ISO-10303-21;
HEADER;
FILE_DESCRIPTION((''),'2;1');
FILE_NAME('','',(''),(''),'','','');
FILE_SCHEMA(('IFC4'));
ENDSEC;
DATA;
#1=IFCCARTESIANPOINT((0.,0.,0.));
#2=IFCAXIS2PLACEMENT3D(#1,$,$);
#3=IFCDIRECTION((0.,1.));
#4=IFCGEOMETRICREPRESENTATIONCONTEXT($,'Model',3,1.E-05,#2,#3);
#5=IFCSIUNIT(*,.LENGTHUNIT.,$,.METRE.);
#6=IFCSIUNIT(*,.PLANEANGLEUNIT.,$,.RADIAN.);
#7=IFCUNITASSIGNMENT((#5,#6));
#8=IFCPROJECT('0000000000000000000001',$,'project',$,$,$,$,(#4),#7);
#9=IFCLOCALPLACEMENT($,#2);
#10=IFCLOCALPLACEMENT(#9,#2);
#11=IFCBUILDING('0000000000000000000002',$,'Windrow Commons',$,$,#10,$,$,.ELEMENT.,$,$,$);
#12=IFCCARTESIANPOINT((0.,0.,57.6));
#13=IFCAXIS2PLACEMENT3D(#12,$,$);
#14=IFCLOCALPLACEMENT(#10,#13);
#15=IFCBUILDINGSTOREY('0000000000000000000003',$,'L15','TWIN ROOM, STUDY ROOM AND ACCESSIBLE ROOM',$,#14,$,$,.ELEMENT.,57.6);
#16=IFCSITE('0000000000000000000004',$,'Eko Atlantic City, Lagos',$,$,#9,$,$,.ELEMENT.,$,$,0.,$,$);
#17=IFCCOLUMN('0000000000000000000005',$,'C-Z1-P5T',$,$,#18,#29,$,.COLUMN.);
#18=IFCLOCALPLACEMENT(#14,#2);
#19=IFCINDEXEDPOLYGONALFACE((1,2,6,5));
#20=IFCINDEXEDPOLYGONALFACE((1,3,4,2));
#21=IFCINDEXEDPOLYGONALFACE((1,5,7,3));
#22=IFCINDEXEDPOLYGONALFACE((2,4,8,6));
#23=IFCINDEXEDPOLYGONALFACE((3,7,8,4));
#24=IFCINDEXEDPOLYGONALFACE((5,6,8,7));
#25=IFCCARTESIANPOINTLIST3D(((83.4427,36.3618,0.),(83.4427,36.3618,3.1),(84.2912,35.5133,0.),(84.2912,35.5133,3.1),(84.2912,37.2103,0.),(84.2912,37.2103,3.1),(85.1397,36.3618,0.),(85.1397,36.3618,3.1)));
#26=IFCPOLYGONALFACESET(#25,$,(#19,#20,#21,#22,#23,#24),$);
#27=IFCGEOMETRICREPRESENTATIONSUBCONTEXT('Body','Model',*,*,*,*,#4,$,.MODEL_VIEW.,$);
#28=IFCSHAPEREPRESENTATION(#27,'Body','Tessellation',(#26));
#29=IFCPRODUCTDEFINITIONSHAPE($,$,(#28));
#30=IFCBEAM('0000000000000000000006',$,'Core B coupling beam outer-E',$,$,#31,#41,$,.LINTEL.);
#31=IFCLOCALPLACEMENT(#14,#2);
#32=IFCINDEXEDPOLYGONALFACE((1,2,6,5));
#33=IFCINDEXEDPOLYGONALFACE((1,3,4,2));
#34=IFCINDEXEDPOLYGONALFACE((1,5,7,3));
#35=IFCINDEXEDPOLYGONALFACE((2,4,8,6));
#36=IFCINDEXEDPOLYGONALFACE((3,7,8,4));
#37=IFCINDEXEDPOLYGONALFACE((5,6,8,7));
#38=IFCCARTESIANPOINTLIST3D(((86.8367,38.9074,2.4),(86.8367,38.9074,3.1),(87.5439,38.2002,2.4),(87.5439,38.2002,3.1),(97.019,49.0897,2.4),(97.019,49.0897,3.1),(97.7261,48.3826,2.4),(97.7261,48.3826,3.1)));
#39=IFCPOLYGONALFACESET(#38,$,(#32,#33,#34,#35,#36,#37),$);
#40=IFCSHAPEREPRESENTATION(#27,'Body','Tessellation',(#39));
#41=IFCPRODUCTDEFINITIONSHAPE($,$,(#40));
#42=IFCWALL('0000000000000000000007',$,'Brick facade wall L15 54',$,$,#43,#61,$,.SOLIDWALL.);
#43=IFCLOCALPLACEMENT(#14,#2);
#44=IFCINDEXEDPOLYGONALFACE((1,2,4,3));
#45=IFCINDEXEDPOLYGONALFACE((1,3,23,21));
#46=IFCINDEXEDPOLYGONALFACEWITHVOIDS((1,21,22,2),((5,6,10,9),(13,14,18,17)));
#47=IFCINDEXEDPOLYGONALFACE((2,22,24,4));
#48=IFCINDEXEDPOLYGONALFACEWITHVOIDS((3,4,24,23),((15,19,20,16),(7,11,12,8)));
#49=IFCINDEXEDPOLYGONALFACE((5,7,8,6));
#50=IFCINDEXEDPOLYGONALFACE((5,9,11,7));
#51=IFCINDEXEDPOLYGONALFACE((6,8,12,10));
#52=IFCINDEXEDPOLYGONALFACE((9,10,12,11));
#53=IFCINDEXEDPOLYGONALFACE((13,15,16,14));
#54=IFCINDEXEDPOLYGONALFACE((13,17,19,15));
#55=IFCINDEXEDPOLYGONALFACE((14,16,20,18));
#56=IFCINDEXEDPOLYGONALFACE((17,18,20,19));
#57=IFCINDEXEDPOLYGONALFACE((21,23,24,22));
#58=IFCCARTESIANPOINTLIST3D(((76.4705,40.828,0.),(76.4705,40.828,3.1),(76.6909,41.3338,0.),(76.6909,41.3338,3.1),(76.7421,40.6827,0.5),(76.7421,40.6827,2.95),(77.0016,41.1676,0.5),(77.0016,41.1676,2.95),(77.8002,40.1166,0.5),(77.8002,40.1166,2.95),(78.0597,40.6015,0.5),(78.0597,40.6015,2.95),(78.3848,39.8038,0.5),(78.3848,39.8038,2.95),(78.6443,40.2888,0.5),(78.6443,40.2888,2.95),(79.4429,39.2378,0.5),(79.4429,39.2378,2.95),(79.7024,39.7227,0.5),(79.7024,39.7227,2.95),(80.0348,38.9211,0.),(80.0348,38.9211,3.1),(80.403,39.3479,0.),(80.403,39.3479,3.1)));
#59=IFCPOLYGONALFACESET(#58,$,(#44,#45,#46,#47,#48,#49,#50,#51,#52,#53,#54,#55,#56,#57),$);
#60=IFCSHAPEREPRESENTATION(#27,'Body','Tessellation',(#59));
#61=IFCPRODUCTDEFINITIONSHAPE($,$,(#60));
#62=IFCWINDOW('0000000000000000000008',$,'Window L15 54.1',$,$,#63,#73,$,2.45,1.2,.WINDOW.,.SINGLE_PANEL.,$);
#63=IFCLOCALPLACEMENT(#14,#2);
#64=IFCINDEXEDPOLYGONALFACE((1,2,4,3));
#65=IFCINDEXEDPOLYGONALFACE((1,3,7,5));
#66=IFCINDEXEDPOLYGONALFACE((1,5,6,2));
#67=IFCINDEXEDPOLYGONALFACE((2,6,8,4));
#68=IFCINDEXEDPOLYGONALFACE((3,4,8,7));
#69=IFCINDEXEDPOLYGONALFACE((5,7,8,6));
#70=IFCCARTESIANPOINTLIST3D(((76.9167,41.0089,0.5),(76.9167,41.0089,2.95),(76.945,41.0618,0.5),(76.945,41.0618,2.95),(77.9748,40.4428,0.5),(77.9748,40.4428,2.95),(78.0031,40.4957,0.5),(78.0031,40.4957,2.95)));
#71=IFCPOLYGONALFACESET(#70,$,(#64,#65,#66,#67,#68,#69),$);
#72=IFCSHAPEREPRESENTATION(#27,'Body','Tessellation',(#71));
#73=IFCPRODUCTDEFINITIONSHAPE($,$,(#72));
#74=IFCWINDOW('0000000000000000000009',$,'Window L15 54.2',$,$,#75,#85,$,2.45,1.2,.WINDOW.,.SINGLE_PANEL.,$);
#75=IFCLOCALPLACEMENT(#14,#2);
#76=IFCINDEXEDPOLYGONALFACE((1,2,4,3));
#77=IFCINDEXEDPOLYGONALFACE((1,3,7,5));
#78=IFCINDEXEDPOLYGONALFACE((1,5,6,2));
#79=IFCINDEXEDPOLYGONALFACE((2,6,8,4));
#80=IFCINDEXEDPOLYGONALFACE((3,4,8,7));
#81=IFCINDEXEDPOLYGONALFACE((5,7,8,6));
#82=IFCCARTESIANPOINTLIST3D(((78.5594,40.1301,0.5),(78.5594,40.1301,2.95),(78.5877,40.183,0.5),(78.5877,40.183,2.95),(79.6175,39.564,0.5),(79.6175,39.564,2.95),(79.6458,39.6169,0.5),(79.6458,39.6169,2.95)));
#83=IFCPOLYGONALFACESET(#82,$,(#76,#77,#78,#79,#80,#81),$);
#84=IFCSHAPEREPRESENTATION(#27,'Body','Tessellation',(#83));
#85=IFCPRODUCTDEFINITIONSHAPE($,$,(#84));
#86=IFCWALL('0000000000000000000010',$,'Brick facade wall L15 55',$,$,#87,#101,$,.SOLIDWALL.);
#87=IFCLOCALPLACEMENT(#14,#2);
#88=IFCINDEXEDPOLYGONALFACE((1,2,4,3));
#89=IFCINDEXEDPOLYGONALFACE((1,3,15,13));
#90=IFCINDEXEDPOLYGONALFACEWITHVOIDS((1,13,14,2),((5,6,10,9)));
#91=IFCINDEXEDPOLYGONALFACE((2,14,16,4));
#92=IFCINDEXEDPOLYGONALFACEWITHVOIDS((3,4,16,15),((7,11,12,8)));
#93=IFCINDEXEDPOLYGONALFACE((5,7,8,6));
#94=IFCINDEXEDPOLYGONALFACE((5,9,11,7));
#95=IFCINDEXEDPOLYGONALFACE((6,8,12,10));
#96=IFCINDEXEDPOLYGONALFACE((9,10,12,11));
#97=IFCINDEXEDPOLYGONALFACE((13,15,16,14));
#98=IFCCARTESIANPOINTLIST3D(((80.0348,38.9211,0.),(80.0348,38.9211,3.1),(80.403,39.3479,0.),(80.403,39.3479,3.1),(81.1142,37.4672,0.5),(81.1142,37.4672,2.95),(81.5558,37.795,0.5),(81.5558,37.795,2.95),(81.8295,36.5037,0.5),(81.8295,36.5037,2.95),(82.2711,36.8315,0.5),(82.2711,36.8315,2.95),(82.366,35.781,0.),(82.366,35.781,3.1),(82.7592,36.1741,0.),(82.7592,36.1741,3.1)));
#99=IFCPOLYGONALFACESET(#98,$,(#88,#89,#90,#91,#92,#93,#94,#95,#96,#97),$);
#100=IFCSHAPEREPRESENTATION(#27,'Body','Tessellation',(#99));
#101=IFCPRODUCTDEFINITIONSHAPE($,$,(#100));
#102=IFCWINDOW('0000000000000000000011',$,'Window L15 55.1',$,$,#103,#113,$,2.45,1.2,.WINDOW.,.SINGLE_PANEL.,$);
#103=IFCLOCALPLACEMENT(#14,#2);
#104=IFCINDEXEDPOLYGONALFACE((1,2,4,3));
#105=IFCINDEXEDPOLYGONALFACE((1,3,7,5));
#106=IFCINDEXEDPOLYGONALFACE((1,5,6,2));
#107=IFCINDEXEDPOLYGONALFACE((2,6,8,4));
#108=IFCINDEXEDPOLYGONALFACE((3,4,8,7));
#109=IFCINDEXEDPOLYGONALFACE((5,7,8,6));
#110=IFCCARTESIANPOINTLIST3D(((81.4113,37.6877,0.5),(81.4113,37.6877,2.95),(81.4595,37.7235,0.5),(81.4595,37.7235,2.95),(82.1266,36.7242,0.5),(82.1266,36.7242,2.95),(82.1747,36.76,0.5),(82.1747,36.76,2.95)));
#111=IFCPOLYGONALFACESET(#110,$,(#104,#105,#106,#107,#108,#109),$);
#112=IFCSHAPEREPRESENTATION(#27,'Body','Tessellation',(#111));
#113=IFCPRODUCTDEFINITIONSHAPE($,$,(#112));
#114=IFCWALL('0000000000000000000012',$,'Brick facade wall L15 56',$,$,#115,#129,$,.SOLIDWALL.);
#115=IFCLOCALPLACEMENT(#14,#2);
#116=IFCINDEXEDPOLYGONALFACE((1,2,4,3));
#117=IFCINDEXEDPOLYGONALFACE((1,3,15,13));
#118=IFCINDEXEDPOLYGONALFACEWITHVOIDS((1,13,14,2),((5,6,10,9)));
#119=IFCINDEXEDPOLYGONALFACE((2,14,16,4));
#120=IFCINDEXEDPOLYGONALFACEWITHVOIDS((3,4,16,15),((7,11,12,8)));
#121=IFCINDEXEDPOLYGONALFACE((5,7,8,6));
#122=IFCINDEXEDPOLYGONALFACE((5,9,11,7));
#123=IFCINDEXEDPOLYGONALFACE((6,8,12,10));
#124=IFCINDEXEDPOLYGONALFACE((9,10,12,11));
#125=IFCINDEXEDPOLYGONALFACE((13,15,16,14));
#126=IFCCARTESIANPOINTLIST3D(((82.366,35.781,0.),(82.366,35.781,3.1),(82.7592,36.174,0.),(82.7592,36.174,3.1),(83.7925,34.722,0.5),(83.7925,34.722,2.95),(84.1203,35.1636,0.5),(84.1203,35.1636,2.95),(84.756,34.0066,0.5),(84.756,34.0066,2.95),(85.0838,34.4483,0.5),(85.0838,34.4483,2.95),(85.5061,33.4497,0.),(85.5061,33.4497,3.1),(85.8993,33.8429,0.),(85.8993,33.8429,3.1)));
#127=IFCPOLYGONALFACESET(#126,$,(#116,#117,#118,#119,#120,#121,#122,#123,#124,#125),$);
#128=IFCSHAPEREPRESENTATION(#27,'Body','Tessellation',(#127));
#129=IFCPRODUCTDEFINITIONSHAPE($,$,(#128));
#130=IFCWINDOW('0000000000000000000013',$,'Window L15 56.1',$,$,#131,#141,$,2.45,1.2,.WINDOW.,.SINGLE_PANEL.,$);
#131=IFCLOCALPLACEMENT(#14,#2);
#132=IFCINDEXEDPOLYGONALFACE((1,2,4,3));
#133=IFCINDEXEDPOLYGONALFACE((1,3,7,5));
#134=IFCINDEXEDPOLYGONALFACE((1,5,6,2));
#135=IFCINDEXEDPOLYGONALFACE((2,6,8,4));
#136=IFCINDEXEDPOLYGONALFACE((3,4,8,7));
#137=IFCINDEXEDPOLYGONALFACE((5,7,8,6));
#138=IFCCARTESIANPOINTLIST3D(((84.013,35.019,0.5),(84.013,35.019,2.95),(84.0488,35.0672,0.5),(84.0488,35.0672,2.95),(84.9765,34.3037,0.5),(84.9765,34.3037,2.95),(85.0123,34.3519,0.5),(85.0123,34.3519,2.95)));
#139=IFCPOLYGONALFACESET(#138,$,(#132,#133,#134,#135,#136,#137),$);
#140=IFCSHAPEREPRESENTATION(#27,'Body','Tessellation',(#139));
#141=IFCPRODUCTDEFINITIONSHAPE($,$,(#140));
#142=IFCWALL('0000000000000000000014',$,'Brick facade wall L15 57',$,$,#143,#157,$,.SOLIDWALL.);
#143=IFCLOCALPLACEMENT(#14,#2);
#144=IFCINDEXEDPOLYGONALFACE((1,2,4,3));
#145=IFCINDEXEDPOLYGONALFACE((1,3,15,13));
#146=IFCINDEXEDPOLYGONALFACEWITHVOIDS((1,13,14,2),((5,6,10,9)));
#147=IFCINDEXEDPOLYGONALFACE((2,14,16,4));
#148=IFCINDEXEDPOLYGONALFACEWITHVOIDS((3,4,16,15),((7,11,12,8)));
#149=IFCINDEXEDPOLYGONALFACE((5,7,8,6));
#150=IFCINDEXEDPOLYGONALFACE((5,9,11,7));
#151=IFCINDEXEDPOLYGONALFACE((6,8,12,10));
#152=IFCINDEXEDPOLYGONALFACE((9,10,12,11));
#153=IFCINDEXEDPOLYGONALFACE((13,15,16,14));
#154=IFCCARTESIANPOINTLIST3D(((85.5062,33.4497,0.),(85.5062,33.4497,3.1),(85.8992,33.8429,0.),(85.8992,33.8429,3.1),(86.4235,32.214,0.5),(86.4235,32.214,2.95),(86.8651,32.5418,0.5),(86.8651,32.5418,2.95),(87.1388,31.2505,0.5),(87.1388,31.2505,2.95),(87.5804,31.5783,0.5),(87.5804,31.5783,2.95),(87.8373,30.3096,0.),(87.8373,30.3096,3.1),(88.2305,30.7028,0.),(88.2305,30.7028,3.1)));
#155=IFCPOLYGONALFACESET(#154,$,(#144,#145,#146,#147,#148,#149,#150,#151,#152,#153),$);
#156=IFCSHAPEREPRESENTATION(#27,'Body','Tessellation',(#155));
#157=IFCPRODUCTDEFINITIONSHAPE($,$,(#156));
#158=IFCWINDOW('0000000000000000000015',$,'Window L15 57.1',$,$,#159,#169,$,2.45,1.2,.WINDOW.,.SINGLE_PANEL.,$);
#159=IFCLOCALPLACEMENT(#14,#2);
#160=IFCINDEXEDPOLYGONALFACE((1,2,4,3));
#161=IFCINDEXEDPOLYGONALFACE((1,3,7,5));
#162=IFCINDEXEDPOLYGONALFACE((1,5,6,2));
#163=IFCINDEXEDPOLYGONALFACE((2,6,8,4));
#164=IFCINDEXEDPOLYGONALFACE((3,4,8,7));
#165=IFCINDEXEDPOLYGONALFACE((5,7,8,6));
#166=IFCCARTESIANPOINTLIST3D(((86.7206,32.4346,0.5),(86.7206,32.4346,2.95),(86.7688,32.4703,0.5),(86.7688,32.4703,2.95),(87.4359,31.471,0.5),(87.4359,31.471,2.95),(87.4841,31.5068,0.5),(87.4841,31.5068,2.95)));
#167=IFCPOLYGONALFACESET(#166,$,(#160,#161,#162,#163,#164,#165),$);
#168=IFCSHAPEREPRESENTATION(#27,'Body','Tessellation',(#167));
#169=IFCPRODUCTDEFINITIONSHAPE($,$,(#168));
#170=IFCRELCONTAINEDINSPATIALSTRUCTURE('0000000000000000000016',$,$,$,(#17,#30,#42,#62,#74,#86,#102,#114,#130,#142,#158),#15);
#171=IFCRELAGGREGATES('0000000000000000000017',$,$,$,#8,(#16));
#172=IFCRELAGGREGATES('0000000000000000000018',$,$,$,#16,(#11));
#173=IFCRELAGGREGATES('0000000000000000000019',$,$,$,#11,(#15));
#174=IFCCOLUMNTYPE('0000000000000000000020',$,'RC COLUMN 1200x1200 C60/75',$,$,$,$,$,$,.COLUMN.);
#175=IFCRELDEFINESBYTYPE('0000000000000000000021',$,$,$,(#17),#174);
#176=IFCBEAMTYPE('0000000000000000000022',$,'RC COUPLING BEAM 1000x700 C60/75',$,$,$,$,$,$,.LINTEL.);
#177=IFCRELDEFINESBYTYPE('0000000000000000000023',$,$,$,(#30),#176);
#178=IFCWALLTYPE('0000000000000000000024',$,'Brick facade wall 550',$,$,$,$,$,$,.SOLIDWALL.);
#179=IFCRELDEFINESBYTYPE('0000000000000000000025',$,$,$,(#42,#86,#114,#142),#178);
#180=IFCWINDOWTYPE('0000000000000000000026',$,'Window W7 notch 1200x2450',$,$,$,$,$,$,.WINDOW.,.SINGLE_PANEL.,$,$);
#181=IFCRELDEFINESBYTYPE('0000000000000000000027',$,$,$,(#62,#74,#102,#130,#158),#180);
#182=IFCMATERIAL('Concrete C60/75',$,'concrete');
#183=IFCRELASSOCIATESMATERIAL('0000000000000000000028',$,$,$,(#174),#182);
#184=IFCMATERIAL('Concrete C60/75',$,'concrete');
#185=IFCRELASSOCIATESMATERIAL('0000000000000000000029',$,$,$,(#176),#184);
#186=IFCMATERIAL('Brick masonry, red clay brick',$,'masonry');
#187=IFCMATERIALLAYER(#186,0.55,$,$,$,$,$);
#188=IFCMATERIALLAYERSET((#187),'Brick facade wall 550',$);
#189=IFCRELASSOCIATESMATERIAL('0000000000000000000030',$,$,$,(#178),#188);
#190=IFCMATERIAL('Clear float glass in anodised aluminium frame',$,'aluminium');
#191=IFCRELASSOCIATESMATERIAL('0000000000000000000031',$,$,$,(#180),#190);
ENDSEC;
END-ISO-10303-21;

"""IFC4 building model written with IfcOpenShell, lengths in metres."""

from ifc_helpers import new_model, si_unit, direction, frame, frame_2d, origin, origin_2d, place, context, subcontext, project, spatial, polyline, rectangle, outline, extrude, material, layer, layer_set, material_profile, profile_set, type_object, element, fill, save


model = new_model("IFC4")

# Units and contexts
model_context = context("Model", 3, precision=1e-05, world=origin(), true_north=direction((0.0, 1.0)))
body_context = subcontext(model_context, "Body", "Model", "MODEL_VIEW")
ifc_project = project(units=[si_unit("LENGTHUNIT", "METRE"), si_unit("PLANEANGLEUNIT", "RADIAN")], contexts=[model_context])

# Site, building, storey
site_placement = place(None, origin())
site = spatial("IfcSite", under=ifc_project, at=site_placement, Name="Eko Atlantic City, Lagos", CompositionType="ELEMENT", RefElevation=0.0)
building_placement = place(site_placement, origin())
building = spatial("IfcBuilding", under=site, at=building_placement, Name="Windrow Commons", CompositionType="ELEMENT")
storey_placement = place(building_placement, frame((0.0, 0.0, 57.6)))
storey = spatial("IfcBuildingStorey", under=building, at=storey_placement, Name="L15", Description="TWIN ROOM, STUDY ROOM AND ACCESSIBLE ROOM", CompositionType="ELEMENT", Elevation=57.6)

# Column
ifc_material_1 = material(Name="Concrete C60/75", Category="concrete")
ifc_material_profile_1 = material_profile(ifc_material_1, rectangle(XDim=1.2, YDim=1.2, at=origin_2d()))
ifc_profile_set_1 = profile_set([ifc_material_profile_1], Name="Concrete C60/75")
column_type = type_object("IfcColumnType", Name="RC COLUMN 1200x1200 C60/75", PredefinedType="COLUMN", material=ifc_profile_set_1)
column_placement = place(storey_placement, frame((84.2912, 36.3618, 0.0), z_axis=(0.0, 0.0, 1.0), x_axis=(0.707107, -0.707107, 0.0)))
element("IfcColumn", 1, at=column_placement, inside=storey, type_object=column_type, Name="C-Z1-P5T", PredefinedType="COLUMN", context=body_context, shape_type="SweptSolid", body=[
    extrude(rectangle(XDim=1.2, YDim=1.2, at=origin_2d()), origin(), (0.0, 0.0, 1.0), 3.1),
])

# Beam
ifc_material_2 = material(Name="Concrete C60/75", Category="concrete")
ifc_material_profile_2 = material_profile(ifc_material_2, rectangle(XDim=1.0, YDim=0.7, at=origin_2d()))
ifc_profile_set_2 = profile_set([ifc_material_profile_2], Name="Concrete C60/75")
beam_type = type_object("IfcBeamType", Name="RC COUPLING BEAM 1000x700 C60/75", PredefinedType="LINTEL", material=ifc_profile_set_2)
beam_placement = place(storey_placement, frame((87.1903, 38.5538, 2.75), z_axis=(0.707103, 0.70711, 0.0), x_axis=(-0.70711, 0.707103, 0.0)))
element("IfcBeam", 2, at=beam_placement, inside=storey, type_object=beam_type, Name="Core B coupling beam outer-E", PredefinedType="LINTEL", context=body_context, shape_type="SweptSolid", body=[
    extrude(rectangle(XDim=1.0, YDim=0.7, at=origin_2d()), origin(), (0.0, 0.0, 1.0), 14.4),
])

# Wall, openings, windows
ifc_material_3 = material(Name="Brick masonry, red clay brick", Category="masonry")
ifc_layer_1 = layer(ifc_material_3, 0.55)
ifc_layer_set_1 = layer_set([ifc_layer_1], Name="Brick facade wall 550")
wall_type_1 = type_object("IfcWallType", Name="Brick facade wall 550", PredefinedType="SOLIDWALL", material=ifc_layer_set_1)
wall_1_placement = place(storey_placement, frame((76.5807, 41.0809, 0.0), z_axis=(0.0, 0.0, 1.0), x_axis=(0.881746, -0.471725, 0.0)))
wall_1 = element("IfcWall", 3, at=wall_1_placement, inside=storey, type_object=wall_type_1, Name="Brick facade wall L15 54", PredefinedType="SOLIDWALL", context=body_context, shape_type="SweptSolid", body=[
    extrude(outline(polyline([(0.0221, -0.275), (4.0645, -0.275), (4.1878, 0.275), (-0.0221, 0.275), (0.0221, -0.275)])), origin(), (0.0, 0.0, 1.0), 3.1),
])
opening_1_placement = place(wall_1_placement, frame((0.3302, 0.0, 0.5)))
opening_1 = element("IfcOpeningElement", 4, at=opening_1_placement, cuts=wall_1, PredefinedType="OPENING", context=body_context, shape_type="SweptSolid", body=[
    extrude(rectangle(XDim=1.2, YDim=2.45, at=frame_2d((0.6, 1.225))), frame((0.0, 0.285, 0.0), z_axis=(0.0, -1.0, 0.0), x_axis=(1.0, 0.0, 0.0)), (0.0, 0.0, 1.0), 0.57),
])
opening_2_placement = place(wall_1_placement, frame((2.1932, 0.0, 0.5)))
opening_2 = element("IfcOpeningElement", 5, at=opening_2_placement, cuts=wall_1, PredefinedType="OPENING", context=body_context, shape_type="SweptSolid", body=[
    extrude(rectangle(XDim=1.2, YDim=2.45, at=frame_2d((0.6, 1.225))), frame((0.0, 0.285, 0.0), z_axis=(0.0, -1.0, 0.0), x_axis=(1.0, 0.0, 0.0)), (0.0, 0.0, 1.0), 0.57),
])
ifc_material_4 = material(Name="Clear float glass in anodised aluminium frame", Category="aluminium")
window_type = type_object("IfcWindowType", Name="Window W7 notch 1200x2450", PartitioningType="SINGLE_PANEL", PredefinedType="WINDOW", material=ifc_material_4)
window_1_placement = place(opening_1_placement, origin())
window_1 = element("IfcWindow", 6, at=window_1_placement, inside=storey, type_object=window_type, Name="Window L15 54.1", OverallHeight=2.45, OverallWidth=1.2, PartitioningType="SINGLE_PANEL", PredefinedType="WINDOW", context=body_context, shape_type="SweptSolid", body=[
    extrude(rectangle(XDim=1.2, YDim=2.45, at=frame_2d((0.6, 1.225))), frame((0.0, 0.155, 0.0), z_axis=(0.0, -1.0, 0.0), x_axis=(1.0, 0.0, 0.0)), (0.0, 0.0, 1.0), 0.06),
])
fill(opening_1, window_1)
window_2_placement = place(opening_2_placement, origin())
window_2 = element("IfcWindow", 7, at=window_2_placement, inside=storey, type_object=window_type, Name="Window L15 54.2", OverallHeight=2.45, OverallWidth=1.2, PartitioningType="SINGLE_PANEL", PredefinedType="WINDOW", context=body_context, shape_type="SweptSolid", body=[
    extrude(rectangle(XDim=1.2, YDim=2.45, at=frame_2d((0.6, 1.225))), frame((0.0, 0.155, 0.0), z_axis=(0.0, -1.0, 0.0), x_axis=(1.0, 0.0, 0.0)), (0.0, 0.0, 1.0), 0.06),
])
fill(opening_2, window_2)

# Walls, openings, windows
wall_2_placement = place(storey_placement, frame((80.2189, 39.1345, 0.0), z_axis=(0.0, 0.0, 1.0), x_axis=(0.596078, -0.802926, 0.0)))
wall_2 = element("IfcWall", 8, at=wall_2_placement, inside=storey, type_object=wall_type_1, Name="Brick facade wall L15 55", PredefinedType="SOLIDWALL", context=body_context, shape_type="SweptSolid", body=[
    extrude(outline(polyline([(0.0616, -0.275), (3.9725, -0.275), (3.8912, 0.275), (-0.0616, 0.275), (0.0616, -0.275)])), origin(), (0.0, 0.0, 1.0), 3.1),
])
opening_3_placement = place(wall_2_placement, frame((1.8724, 0.0, 0.5)))
opening_3 = element("IfcOpeningElement", 9, at=opening_3_placement, cuts=wall_2, PredefinedType="OPENING", context=body_context, shape_type="SweptSolid", body=[
    extrude(rectangle(XDim=1.2, YDim=2.45, at=frame_2d((0.6, 1.225))), frame((0.0, 0.285, 0.0), z_axis=(0.0, -1.0, 0.0), x_axis=(1.0, 0.0, 0.0)), (0.0, 0.0, 1.0), 0.57),
])
window_3_placement = place(opening_3_placement, origin())
window_3 = element("IfcWindow", 10, at=window_3_placement, inside=storey, type_object=window_type, Name="Window L15 55.1", OverallHeight=2.45, OverallWidth=1.2, PartitioningType="SINGLE_PANEL", PredefinedType="WINDOW", context=body_context, shape_type="SweptSolid", body=[
    extrude(rectangle(XDim=1.2, YDim=2.45, at=frame_2d((0.6, 1.225))), frame((0.0, 0.155, 0.0), z_axis=(0.0, -1.0, 0.0), x_axis=(1.0, 0.0, 0.0)), (0.0, 0.0, 1.0), 0.06),
])
fill(opening_3, window_3)
wall_3_placement = place(storey_placement, frame((82.5626, 35.9775, 0.0), z_axis=(0.0, 0.0, 1.0), x_axis=(0.802921, -0.596086, 0.0)))
wall_3 = element("IfcWall", 11, at=wall_3_placement, inside=storey, type_object=wall_type_1, Name="Brick facade wall L15 56", PredefinedType="SOLIDWALL", context=body_context, shape_type="SweptSolid", body=[
    extrude(outline(polyline([(-0.0407, -0.275), (3.8702, -0.275), (3.9515, 0.275), (0.0407, 0.275), (-0.0407, -0.275)])), origin(), (0.0, 0.0, 1.0), 3.1),
])
opening_4_placement = place(wall_3_placement, frame((1.7359, 0.0, 0.5)))
opening_4 = element("IfcOpeningElement", 12, at=opening_4_placement, cuts=wall_3, PredefinedType="OPENING", context=body_context, shape_type="SweptSolid", body=[
    extrude(rectangle(XDim=1.2, YDim=2.45, at=frame_2d((0.6, 1.225))), frame((0.0, 0.285, 0.0), z_axis=(0.0, -1.0, 0.0), x_axis=(1.0, 0.0, 0.0)), (0.0, 0.0, 1.0), 0.57),
])
window_4_placement = place(opening_4_placement, origin())
window_4 = element("IfcWindow", 13, at=window_4_placement, inside=storey, type_object=window_type, Name="Window L15 56.1", OverallHeight=2.45, OverallWidth=1.2, PartitioningType="SINGLE_PANEL", PredefinedType="WINDOW", context=body_context, shape_type="SweptSolid", body=[
    extrude(rectangle(XDim=1.2, YDim=2.45, at=frame_2d((0.6, 1.225))), frame((0.0, 0.155, 0.0), z_axis=(0.0, -1.0, 0.0), x_axis=(1.0, 0.0, 0.0)), (0.0, 0.0, 1.0), 0.06),
])
fill(opening_4, window_4)
wall_4_placement = place(storey_placement, frame((85.7027, 33.6463, 0.0), z_axis=(0.0, 0.0, 1.0), x_axis=(0.596086, -0.802921, 0.0)))
wall_4 = element("IfcWall", 14, at=wall_4_placement, inside=storey, type_object=wall_type_1, Name="Brick facade wall L15 57", PredefinedType="SOLIDWALL", context=body_context, shape_type="SweptSolid", body=[
    extrude(outline(polyline([(0.0407, -0.275), (3.9515, -0.275), (3.8702, 0.275), (-0.0407, 0.275), (0.0407, -0.275)])), origin(), (0.0, 0.0, 1.0), 3.1),
])
opening_5_placement = place(wall_4_placement, frame((1.5797, 0.0, 0.5)))
opening_5 = element("IfcOpeningElement", 15, at=opening_5_placement, cuts=wall_4, PredefinedType="OPENING", context=body_context, shape_type="SweptSolid", body=[
    extrude(rectangle(XDim=1.2, YDim=2.45, at=frame_2d((0.6, 1.225))), frame((0.0, 0.285, 0.0), z_axis=(0.0, -1.0, 0.0), x_axis=(1.0, 0.0, 0.0)), (0.0, 0.0, 1.0), 0.57),
])
window_5_placement = place(opening_5_placement, origin())
window_5 = element("IfcWindow", 16, at=window_5_placement, inside=storey, type_object=window_type, Name="Window L15 57.1", OverallHeight=2.45, OverallWidth=1.2, PartitioningType="SINGLE_PANEL", PredefinedType="WINDOW", context=body_context, shape_type="SweptSolid", body=[
    extrude(rectangle(XDim=1.2, YDim=2.45, at=frame_2d((0.6, 1.225))), frame((0.0, 0.155, 0.0), z_axis=(0.0, -1.0, 0.0), x_axis=(1.0, 0.0, 0.0)), (0.0, 0.0, 1.0), 0.06),
])
fill(opening_5, window_5)

save(model, "model.ifc")
